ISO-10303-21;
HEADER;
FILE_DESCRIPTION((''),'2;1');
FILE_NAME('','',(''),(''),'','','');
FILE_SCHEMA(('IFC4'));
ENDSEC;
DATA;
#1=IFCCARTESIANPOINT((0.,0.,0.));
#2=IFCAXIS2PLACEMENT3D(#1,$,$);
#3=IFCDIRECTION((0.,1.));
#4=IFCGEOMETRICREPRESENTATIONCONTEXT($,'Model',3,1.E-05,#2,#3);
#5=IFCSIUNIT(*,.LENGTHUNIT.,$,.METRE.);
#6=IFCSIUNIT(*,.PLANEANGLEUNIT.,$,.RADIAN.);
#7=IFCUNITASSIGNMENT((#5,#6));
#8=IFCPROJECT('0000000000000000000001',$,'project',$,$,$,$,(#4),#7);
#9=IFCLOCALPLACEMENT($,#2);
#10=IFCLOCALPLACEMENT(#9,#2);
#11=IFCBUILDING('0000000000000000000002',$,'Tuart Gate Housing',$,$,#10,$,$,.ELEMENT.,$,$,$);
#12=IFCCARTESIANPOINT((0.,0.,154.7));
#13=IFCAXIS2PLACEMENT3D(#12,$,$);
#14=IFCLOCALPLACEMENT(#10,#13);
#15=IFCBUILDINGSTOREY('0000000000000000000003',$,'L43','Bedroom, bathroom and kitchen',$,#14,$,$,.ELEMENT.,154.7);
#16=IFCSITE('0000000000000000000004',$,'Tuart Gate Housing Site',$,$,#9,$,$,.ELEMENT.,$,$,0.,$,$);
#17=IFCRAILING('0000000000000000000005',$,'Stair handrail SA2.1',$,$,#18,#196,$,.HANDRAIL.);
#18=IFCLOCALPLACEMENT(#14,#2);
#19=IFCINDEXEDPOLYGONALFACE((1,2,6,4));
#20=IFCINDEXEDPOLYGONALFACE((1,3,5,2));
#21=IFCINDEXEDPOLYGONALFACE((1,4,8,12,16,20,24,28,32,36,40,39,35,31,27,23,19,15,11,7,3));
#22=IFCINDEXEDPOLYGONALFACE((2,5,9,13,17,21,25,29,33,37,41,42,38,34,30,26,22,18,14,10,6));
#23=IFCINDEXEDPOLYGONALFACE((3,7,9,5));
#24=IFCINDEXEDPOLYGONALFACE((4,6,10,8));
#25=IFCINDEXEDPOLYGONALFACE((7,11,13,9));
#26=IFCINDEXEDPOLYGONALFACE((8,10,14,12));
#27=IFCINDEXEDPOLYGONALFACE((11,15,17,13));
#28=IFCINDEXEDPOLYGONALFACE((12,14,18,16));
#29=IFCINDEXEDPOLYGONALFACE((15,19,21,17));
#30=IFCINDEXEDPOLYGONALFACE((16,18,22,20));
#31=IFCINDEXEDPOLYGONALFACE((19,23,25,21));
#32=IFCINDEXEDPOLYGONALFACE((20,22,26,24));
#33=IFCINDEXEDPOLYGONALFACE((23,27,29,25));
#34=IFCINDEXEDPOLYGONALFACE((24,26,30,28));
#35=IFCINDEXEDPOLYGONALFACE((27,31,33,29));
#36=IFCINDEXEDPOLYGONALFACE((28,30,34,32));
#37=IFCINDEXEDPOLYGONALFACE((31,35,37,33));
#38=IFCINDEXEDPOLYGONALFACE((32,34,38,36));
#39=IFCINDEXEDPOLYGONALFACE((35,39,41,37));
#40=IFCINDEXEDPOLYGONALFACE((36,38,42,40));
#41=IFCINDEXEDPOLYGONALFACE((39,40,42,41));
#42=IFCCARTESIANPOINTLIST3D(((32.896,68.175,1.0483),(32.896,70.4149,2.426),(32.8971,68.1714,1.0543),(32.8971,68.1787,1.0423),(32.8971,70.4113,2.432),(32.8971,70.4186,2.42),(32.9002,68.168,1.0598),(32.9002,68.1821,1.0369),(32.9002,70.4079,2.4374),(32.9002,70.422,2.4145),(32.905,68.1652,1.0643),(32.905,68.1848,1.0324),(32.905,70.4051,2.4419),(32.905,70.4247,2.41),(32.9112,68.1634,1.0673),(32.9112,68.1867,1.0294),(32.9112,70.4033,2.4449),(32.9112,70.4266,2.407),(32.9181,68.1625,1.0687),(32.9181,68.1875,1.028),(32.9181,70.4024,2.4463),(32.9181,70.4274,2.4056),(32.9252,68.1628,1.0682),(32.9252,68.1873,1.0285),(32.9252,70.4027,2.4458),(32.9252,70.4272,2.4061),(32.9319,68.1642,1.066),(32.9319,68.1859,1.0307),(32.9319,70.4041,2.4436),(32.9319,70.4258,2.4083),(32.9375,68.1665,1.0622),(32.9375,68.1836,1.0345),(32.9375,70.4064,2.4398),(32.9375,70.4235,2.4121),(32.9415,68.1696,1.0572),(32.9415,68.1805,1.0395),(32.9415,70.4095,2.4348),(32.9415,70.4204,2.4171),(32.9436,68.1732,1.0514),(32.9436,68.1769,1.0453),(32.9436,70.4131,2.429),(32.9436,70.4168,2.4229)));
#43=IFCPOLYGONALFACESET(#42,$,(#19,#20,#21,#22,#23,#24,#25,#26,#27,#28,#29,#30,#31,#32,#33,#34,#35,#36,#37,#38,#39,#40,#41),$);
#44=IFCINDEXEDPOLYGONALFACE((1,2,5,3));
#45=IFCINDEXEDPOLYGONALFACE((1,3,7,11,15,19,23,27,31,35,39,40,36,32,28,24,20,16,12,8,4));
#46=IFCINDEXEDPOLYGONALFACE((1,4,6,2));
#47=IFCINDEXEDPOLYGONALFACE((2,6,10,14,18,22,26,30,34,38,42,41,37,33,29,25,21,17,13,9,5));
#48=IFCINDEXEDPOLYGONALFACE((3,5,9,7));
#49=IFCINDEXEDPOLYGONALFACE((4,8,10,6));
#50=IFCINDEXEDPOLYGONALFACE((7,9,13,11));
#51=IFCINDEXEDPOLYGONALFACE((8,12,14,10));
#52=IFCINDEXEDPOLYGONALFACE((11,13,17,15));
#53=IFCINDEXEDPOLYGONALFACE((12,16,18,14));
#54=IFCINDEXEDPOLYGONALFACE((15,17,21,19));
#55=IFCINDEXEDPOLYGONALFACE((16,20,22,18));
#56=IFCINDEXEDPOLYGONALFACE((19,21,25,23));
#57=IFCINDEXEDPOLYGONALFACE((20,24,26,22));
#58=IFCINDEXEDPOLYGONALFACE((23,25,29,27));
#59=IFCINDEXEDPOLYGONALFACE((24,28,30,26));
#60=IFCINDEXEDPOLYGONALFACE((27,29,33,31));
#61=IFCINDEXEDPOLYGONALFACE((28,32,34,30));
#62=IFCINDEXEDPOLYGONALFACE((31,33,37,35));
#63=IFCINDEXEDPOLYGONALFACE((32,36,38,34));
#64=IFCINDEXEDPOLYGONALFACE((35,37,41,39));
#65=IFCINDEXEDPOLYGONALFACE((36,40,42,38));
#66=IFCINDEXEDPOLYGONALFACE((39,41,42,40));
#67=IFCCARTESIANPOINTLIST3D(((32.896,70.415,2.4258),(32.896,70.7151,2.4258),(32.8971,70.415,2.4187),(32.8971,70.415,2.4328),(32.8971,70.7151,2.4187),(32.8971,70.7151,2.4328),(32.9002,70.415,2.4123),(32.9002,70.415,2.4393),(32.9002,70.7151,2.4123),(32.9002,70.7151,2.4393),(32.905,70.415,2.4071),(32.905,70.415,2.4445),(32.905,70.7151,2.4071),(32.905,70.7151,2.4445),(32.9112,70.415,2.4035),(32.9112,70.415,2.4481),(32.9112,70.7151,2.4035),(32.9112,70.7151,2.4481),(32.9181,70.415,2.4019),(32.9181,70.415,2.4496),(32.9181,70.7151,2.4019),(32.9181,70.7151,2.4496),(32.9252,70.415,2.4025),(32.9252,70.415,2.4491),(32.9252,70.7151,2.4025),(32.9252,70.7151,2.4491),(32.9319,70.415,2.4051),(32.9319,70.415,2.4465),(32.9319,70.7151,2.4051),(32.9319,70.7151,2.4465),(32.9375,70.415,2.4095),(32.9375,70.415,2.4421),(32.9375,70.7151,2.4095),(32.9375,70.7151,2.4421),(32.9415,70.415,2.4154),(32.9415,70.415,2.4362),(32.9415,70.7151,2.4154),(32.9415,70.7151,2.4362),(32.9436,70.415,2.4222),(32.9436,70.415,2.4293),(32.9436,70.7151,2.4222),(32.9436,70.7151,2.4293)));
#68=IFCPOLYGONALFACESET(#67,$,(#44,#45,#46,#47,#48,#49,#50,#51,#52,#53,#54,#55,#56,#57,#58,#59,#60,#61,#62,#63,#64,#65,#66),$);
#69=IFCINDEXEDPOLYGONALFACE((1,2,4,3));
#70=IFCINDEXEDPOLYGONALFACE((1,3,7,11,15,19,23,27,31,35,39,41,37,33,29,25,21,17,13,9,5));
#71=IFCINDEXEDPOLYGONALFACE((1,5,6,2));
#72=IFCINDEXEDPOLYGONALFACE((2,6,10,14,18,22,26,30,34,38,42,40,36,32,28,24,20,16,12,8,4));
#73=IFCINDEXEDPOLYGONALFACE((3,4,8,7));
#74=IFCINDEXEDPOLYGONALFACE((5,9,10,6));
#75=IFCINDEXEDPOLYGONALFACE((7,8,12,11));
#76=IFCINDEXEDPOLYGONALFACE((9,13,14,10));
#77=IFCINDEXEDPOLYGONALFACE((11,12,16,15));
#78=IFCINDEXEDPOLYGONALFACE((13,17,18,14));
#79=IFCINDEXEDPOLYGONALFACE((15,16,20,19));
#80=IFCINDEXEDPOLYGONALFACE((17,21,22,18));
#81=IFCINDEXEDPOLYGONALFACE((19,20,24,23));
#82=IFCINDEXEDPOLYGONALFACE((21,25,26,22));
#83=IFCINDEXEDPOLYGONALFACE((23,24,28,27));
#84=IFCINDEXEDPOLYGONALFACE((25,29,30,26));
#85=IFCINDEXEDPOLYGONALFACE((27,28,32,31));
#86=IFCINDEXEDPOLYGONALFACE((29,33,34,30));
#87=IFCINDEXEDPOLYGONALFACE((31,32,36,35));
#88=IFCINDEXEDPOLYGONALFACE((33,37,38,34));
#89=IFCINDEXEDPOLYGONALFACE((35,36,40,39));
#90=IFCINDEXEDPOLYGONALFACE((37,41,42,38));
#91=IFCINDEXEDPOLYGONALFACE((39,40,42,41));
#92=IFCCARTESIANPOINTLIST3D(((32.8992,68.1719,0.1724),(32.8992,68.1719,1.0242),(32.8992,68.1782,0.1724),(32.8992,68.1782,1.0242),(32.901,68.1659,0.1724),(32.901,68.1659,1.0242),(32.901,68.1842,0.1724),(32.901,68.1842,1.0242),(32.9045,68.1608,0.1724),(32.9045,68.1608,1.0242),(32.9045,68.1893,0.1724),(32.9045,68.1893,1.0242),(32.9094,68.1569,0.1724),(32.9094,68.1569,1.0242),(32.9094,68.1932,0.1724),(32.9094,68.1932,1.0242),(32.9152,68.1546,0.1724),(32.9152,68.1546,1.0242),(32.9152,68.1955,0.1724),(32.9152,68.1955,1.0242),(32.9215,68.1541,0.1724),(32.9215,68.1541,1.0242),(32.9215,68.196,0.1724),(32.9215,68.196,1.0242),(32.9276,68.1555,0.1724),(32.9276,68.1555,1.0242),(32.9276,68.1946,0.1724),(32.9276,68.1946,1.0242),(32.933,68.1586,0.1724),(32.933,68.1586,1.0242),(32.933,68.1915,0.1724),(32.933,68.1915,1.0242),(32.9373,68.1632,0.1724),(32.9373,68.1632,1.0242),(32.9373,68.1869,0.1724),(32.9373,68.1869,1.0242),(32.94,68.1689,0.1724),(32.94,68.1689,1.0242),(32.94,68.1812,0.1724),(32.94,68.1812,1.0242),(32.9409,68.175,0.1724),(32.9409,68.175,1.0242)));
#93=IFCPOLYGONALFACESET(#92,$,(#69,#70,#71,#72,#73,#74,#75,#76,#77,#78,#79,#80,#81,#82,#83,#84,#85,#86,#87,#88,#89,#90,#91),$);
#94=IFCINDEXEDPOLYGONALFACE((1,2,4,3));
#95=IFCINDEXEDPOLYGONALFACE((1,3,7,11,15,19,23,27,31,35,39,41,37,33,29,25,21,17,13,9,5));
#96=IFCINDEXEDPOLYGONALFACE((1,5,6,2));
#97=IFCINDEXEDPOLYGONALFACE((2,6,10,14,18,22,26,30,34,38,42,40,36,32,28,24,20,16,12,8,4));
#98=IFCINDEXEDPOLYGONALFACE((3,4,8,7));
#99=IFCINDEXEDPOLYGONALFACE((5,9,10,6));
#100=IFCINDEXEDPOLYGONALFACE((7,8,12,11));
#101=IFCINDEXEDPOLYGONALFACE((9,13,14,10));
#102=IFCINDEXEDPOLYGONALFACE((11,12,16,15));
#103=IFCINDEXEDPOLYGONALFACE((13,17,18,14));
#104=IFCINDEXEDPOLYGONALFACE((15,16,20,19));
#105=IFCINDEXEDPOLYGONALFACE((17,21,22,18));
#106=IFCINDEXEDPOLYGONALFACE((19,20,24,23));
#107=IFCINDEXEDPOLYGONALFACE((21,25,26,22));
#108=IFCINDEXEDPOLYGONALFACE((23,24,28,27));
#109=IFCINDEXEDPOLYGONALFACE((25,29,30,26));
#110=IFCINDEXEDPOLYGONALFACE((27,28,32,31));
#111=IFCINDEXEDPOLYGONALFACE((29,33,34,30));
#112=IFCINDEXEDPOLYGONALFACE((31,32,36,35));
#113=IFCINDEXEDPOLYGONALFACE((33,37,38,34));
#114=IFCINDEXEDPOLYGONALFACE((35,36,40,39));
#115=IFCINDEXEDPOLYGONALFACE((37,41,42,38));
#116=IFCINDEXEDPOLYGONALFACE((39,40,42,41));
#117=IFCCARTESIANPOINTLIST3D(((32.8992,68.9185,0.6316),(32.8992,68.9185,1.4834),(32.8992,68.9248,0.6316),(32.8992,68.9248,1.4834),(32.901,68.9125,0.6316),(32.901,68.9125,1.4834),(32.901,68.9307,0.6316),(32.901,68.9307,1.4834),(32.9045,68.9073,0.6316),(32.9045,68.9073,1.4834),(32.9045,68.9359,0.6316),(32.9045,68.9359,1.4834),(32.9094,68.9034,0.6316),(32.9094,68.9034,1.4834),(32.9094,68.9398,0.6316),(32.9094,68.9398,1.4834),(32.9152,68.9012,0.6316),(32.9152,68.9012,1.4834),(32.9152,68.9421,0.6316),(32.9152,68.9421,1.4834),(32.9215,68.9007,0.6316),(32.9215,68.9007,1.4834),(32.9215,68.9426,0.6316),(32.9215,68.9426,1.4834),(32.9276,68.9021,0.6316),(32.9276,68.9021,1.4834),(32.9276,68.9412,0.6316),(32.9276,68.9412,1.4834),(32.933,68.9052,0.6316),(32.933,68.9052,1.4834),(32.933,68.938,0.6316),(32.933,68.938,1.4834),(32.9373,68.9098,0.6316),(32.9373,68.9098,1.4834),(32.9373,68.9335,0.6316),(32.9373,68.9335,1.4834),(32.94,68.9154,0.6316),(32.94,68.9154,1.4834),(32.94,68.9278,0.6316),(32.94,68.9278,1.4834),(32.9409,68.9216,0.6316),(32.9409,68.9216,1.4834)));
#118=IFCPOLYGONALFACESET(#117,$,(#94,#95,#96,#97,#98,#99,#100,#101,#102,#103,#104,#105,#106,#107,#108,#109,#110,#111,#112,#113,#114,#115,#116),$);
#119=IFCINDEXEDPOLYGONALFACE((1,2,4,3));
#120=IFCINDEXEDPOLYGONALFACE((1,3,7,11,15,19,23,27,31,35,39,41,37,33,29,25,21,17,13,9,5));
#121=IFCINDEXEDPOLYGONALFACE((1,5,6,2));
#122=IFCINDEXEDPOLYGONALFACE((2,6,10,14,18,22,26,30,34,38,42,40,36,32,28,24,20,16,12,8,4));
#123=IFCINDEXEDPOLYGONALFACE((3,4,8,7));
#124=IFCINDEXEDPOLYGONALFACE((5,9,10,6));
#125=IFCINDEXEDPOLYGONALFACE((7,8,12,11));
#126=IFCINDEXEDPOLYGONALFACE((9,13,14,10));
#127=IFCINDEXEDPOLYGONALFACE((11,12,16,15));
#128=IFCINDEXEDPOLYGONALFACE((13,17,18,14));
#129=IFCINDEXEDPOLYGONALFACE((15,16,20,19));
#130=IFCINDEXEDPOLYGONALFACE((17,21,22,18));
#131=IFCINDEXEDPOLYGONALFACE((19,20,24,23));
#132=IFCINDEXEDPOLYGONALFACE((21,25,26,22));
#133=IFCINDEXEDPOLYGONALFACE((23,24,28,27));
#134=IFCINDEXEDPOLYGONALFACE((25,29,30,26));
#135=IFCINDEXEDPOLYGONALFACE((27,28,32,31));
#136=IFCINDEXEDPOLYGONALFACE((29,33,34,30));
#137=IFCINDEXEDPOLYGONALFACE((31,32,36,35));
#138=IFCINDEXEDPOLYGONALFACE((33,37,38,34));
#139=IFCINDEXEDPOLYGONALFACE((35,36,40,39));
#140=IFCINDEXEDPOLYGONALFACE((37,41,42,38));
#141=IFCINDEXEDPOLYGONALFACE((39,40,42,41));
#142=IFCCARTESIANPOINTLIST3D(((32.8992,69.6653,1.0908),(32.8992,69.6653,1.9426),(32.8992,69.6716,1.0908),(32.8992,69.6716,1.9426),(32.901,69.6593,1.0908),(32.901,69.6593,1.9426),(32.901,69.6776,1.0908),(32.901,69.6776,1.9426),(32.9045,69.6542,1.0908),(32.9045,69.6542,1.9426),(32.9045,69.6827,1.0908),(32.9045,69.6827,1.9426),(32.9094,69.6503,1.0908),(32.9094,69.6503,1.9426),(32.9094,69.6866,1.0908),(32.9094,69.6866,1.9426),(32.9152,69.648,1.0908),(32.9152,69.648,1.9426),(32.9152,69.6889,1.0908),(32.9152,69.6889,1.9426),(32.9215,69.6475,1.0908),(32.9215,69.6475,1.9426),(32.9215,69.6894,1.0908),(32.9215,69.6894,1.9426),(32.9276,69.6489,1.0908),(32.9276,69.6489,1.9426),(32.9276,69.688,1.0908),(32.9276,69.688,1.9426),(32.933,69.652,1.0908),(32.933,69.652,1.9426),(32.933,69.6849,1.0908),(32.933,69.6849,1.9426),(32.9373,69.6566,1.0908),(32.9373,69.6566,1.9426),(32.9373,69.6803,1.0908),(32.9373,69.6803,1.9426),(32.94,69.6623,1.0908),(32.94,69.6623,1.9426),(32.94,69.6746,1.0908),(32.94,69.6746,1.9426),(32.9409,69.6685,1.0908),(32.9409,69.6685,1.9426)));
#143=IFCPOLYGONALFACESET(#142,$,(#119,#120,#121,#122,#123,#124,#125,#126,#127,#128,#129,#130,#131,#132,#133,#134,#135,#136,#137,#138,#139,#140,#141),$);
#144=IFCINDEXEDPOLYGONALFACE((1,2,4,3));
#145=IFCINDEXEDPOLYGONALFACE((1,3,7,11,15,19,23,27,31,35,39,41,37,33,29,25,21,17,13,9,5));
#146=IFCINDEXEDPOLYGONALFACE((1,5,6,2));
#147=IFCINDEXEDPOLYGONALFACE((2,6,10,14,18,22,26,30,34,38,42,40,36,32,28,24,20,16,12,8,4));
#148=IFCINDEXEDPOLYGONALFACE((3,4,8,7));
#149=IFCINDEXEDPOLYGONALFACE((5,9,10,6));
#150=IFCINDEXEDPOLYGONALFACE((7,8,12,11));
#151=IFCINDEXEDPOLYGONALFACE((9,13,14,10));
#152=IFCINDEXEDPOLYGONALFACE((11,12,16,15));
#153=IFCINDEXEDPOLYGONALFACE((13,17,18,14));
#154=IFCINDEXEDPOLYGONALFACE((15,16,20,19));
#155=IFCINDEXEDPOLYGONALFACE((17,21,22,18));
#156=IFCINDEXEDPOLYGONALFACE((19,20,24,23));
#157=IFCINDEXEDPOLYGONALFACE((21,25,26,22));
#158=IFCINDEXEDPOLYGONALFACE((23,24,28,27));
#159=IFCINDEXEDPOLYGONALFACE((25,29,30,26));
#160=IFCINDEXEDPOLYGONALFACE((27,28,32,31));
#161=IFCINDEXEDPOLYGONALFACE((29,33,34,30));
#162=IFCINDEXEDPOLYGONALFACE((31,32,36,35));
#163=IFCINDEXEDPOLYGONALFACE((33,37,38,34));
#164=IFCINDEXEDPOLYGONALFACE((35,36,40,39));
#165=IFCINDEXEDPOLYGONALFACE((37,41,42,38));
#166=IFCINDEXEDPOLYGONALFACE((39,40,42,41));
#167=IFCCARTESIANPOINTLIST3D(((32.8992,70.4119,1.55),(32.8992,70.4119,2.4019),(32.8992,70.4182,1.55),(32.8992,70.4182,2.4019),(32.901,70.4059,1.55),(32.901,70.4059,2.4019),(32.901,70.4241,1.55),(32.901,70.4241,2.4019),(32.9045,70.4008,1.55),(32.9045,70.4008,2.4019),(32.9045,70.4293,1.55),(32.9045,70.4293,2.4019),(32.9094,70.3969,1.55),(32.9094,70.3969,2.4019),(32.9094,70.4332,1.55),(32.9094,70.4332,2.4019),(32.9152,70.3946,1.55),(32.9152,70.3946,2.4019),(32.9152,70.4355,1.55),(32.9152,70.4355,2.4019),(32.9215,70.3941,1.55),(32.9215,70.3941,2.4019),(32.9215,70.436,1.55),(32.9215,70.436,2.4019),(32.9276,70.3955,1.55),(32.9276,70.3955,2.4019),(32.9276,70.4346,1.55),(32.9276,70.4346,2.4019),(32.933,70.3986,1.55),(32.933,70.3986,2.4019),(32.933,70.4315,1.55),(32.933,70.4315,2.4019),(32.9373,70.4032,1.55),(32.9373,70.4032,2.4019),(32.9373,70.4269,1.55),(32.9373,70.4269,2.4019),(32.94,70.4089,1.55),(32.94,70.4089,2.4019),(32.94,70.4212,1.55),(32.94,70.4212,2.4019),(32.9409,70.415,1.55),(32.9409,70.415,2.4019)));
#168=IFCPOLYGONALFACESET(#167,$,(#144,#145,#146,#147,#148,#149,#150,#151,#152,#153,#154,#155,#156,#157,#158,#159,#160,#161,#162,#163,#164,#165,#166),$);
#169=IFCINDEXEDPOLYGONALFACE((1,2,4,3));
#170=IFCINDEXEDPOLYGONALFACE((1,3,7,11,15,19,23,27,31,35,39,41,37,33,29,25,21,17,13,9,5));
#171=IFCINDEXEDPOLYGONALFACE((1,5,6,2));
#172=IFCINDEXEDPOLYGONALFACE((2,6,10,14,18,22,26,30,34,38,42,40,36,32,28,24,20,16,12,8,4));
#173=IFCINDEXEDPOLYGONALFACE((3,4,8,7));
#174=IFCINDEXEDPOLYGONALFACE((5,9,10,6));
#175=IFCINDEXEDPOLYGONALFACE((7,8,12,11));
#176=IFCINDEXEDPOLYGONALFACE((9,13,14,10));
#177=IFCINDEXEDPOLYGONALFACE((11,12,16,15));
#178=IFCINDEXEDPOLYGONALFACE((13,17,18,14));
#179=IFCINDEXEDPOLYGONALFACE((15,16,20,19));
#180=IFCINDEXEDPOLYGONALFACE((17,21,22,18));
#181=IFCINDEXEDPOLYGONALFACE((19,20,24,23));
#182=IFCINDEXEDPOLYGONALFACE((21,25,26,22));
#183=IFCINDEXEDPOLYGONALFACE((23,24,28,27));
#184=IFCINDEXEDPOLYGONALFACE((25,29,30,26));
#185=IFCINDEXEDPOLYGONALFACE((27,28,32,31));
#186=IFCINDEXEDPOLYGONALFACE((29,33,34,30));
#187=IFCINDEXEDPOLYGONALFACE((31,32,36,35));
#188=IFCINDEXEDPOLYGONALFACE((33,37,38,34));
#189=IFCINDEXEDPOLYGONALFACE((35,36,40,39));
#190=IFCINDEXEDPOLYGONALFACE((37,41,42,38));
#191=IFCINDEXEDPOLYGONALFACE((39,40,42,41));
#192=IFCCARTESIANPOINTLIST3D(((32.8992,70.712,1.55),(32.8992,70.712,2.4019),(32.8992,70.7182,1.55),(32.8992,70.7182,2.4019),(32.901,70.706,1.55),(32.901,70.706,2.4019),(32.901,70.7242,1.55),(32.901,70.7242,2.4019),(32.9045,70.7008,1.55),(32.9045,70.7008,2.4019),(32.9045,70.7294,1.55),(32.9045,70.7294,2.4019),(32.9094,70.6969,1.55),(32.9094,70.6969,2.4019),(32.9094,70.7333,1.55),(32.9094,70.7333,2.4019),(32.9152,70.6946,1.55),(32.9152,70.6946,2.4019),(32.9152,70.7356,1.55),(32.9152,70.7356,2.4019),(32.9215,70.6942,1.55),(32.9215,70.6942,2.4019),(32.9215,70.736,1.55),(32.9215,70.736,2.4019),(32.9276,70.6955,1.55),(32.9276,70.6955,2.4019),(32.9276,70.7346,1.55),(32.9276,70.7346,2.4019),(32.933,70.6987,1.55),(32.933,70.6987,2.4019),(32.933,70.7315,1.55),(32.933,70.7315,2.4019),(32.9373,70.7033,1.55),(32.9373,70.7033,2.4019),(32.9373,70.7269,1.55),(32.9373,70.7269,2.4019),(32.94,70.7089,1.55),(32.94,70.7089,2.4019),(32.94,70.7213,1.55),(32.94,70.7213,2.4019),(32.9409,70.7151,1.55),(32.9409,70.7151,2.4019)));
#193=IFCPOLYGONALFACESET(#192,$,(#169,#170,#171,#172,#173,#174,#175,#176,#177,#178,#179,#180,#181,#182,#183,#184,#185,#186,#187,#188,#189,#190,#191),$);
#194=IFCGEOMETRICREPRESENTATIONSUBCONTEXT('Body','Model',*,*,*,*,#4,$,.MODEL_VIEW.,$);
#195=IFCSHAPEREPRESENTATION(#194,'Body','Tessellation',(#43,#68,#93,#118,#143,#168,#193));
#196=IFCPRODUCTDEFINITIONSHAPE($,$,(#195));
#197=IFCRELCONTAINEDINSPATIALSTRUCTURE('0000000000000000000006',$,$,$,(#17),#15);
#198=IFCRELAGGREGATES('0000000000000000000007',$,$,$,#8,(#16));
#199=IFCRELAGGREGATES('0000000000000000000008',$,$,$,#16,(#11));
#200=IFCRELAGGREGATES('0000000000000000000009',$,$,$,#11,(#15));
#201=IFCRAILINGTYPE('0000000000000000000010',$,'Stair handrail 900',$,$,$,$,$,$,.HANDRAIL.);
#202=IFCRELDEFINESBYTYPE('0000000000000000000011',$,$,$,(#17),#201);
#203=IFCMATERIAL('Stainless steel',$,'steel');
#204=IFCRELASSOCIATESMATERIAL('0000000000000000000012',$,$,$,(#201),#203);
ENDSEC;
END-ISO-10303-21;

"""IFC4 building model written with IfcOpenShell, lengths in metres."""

from ifc_helpers import new_model, si_unit, direction, frame, origin, origin_2d, place, context, subcontext, project, spatial, circle, extrude, material, type_object, element, save


model = new_model("IFC4")

# Units and contexts
model_context = context("Model", 3, precision=1e-05, world=origin(), true_north=direction((0.0, 1.0)))
body_context = subcontext(model_context, "Body", "Model", "MODEL_VIEW")
ifc_project = project(units=[si_unit("LENGTHUNIT", "METRE"), si_unit("PLANEANGLEUNIT", "RADIAN")], contexts=[model_context])

# Site, building, storey
site_placement = place(None, origin())
site = spatial("IfcSite", under=ifc_project, at=site_placement, Name="Tuart Gate Housing Site", CompositionType="ELEMENT", RefElevation=0.0)
building_placement = place(site_placement, origin())
building = spatial("IfcBuilding", under=site, at=building_placement, Name="Tuart Gate Housing", CompositionType="ELEMENT")
storey_placement = place(building_placement, frame((0.0, 0.0, 154.7)))
storey = spatial("IfcBuildingStorey", under=building, at=storey_placement, Name="L43", Description="Bedroom, bathroom and kitchen", CompositionType="ELEMENT", Elevation=154.7)

# Railing
ifc_material_1 = material(Name="Stainless steel", Category="steel")
railing_type = type_object("IfcRailingType", Name="Stair handrail 900", PredefinedType="HANDRAIL", material=ifc_material_1)
railing_placement = place(storey_placement, frame((32.9199, 68.175, 0.1724)))
element("IfcRailing", 1, at=railing_placement, inside=storey, type_object=railing_type, Name="Stair handrail SA2.1", PredefinedType="HANDRAIL", context=body_context, shape_type="SweptSolid", body=[
    extrude(circle(Radius=0.0239, at=origin_2d()), frame((0.0, 0.0, 0.876), z_axis=(0.0, 0.851789, 0.523885), x_axis=(-1.0, 0.0, 0.0)), (0.0, 0.0, 1.0), 2.6296),
    extrude(circle(Radius=0.0239, at=origin_2d()), frame((0.0, 2.24, 2.2534), z_axis=(0.0, 1.0, 0.0), x_axis=(-1.0, 0.0, 0.0)), (0.0, 0.0, 1.0), 0.3),
    extrude(circle(Radius=0.021, at=origin_2d()), origin(), (0.0, 0.0, 1.0), 0.8518),
    extrude(circle(Radius=0.021, at=origin_2d()), frame((0.0, 0.7466, 0.4592)), (0.0, 0.0, 1.0), 0.8518),
    extrude(circle(Radius=0.021, at=origin_2d()), frame((0.0, 1.4934, 0.9185)), (0.0, 0.0, 1.0), 0.8518),
    extrude(circle(Radius=0.021, at=origin_2d()), frame((0.0, 2.24, 1.3777)), (0.0, 0.0, 1.0), 0.8518),
    extrude(circle(Radius=0.021, at=origin_2d()), frame((0.0, 2.54, 1.3777)), (0.0, 0.0, 1.0), 0.8518),
])

save(model, "model.ifc")
